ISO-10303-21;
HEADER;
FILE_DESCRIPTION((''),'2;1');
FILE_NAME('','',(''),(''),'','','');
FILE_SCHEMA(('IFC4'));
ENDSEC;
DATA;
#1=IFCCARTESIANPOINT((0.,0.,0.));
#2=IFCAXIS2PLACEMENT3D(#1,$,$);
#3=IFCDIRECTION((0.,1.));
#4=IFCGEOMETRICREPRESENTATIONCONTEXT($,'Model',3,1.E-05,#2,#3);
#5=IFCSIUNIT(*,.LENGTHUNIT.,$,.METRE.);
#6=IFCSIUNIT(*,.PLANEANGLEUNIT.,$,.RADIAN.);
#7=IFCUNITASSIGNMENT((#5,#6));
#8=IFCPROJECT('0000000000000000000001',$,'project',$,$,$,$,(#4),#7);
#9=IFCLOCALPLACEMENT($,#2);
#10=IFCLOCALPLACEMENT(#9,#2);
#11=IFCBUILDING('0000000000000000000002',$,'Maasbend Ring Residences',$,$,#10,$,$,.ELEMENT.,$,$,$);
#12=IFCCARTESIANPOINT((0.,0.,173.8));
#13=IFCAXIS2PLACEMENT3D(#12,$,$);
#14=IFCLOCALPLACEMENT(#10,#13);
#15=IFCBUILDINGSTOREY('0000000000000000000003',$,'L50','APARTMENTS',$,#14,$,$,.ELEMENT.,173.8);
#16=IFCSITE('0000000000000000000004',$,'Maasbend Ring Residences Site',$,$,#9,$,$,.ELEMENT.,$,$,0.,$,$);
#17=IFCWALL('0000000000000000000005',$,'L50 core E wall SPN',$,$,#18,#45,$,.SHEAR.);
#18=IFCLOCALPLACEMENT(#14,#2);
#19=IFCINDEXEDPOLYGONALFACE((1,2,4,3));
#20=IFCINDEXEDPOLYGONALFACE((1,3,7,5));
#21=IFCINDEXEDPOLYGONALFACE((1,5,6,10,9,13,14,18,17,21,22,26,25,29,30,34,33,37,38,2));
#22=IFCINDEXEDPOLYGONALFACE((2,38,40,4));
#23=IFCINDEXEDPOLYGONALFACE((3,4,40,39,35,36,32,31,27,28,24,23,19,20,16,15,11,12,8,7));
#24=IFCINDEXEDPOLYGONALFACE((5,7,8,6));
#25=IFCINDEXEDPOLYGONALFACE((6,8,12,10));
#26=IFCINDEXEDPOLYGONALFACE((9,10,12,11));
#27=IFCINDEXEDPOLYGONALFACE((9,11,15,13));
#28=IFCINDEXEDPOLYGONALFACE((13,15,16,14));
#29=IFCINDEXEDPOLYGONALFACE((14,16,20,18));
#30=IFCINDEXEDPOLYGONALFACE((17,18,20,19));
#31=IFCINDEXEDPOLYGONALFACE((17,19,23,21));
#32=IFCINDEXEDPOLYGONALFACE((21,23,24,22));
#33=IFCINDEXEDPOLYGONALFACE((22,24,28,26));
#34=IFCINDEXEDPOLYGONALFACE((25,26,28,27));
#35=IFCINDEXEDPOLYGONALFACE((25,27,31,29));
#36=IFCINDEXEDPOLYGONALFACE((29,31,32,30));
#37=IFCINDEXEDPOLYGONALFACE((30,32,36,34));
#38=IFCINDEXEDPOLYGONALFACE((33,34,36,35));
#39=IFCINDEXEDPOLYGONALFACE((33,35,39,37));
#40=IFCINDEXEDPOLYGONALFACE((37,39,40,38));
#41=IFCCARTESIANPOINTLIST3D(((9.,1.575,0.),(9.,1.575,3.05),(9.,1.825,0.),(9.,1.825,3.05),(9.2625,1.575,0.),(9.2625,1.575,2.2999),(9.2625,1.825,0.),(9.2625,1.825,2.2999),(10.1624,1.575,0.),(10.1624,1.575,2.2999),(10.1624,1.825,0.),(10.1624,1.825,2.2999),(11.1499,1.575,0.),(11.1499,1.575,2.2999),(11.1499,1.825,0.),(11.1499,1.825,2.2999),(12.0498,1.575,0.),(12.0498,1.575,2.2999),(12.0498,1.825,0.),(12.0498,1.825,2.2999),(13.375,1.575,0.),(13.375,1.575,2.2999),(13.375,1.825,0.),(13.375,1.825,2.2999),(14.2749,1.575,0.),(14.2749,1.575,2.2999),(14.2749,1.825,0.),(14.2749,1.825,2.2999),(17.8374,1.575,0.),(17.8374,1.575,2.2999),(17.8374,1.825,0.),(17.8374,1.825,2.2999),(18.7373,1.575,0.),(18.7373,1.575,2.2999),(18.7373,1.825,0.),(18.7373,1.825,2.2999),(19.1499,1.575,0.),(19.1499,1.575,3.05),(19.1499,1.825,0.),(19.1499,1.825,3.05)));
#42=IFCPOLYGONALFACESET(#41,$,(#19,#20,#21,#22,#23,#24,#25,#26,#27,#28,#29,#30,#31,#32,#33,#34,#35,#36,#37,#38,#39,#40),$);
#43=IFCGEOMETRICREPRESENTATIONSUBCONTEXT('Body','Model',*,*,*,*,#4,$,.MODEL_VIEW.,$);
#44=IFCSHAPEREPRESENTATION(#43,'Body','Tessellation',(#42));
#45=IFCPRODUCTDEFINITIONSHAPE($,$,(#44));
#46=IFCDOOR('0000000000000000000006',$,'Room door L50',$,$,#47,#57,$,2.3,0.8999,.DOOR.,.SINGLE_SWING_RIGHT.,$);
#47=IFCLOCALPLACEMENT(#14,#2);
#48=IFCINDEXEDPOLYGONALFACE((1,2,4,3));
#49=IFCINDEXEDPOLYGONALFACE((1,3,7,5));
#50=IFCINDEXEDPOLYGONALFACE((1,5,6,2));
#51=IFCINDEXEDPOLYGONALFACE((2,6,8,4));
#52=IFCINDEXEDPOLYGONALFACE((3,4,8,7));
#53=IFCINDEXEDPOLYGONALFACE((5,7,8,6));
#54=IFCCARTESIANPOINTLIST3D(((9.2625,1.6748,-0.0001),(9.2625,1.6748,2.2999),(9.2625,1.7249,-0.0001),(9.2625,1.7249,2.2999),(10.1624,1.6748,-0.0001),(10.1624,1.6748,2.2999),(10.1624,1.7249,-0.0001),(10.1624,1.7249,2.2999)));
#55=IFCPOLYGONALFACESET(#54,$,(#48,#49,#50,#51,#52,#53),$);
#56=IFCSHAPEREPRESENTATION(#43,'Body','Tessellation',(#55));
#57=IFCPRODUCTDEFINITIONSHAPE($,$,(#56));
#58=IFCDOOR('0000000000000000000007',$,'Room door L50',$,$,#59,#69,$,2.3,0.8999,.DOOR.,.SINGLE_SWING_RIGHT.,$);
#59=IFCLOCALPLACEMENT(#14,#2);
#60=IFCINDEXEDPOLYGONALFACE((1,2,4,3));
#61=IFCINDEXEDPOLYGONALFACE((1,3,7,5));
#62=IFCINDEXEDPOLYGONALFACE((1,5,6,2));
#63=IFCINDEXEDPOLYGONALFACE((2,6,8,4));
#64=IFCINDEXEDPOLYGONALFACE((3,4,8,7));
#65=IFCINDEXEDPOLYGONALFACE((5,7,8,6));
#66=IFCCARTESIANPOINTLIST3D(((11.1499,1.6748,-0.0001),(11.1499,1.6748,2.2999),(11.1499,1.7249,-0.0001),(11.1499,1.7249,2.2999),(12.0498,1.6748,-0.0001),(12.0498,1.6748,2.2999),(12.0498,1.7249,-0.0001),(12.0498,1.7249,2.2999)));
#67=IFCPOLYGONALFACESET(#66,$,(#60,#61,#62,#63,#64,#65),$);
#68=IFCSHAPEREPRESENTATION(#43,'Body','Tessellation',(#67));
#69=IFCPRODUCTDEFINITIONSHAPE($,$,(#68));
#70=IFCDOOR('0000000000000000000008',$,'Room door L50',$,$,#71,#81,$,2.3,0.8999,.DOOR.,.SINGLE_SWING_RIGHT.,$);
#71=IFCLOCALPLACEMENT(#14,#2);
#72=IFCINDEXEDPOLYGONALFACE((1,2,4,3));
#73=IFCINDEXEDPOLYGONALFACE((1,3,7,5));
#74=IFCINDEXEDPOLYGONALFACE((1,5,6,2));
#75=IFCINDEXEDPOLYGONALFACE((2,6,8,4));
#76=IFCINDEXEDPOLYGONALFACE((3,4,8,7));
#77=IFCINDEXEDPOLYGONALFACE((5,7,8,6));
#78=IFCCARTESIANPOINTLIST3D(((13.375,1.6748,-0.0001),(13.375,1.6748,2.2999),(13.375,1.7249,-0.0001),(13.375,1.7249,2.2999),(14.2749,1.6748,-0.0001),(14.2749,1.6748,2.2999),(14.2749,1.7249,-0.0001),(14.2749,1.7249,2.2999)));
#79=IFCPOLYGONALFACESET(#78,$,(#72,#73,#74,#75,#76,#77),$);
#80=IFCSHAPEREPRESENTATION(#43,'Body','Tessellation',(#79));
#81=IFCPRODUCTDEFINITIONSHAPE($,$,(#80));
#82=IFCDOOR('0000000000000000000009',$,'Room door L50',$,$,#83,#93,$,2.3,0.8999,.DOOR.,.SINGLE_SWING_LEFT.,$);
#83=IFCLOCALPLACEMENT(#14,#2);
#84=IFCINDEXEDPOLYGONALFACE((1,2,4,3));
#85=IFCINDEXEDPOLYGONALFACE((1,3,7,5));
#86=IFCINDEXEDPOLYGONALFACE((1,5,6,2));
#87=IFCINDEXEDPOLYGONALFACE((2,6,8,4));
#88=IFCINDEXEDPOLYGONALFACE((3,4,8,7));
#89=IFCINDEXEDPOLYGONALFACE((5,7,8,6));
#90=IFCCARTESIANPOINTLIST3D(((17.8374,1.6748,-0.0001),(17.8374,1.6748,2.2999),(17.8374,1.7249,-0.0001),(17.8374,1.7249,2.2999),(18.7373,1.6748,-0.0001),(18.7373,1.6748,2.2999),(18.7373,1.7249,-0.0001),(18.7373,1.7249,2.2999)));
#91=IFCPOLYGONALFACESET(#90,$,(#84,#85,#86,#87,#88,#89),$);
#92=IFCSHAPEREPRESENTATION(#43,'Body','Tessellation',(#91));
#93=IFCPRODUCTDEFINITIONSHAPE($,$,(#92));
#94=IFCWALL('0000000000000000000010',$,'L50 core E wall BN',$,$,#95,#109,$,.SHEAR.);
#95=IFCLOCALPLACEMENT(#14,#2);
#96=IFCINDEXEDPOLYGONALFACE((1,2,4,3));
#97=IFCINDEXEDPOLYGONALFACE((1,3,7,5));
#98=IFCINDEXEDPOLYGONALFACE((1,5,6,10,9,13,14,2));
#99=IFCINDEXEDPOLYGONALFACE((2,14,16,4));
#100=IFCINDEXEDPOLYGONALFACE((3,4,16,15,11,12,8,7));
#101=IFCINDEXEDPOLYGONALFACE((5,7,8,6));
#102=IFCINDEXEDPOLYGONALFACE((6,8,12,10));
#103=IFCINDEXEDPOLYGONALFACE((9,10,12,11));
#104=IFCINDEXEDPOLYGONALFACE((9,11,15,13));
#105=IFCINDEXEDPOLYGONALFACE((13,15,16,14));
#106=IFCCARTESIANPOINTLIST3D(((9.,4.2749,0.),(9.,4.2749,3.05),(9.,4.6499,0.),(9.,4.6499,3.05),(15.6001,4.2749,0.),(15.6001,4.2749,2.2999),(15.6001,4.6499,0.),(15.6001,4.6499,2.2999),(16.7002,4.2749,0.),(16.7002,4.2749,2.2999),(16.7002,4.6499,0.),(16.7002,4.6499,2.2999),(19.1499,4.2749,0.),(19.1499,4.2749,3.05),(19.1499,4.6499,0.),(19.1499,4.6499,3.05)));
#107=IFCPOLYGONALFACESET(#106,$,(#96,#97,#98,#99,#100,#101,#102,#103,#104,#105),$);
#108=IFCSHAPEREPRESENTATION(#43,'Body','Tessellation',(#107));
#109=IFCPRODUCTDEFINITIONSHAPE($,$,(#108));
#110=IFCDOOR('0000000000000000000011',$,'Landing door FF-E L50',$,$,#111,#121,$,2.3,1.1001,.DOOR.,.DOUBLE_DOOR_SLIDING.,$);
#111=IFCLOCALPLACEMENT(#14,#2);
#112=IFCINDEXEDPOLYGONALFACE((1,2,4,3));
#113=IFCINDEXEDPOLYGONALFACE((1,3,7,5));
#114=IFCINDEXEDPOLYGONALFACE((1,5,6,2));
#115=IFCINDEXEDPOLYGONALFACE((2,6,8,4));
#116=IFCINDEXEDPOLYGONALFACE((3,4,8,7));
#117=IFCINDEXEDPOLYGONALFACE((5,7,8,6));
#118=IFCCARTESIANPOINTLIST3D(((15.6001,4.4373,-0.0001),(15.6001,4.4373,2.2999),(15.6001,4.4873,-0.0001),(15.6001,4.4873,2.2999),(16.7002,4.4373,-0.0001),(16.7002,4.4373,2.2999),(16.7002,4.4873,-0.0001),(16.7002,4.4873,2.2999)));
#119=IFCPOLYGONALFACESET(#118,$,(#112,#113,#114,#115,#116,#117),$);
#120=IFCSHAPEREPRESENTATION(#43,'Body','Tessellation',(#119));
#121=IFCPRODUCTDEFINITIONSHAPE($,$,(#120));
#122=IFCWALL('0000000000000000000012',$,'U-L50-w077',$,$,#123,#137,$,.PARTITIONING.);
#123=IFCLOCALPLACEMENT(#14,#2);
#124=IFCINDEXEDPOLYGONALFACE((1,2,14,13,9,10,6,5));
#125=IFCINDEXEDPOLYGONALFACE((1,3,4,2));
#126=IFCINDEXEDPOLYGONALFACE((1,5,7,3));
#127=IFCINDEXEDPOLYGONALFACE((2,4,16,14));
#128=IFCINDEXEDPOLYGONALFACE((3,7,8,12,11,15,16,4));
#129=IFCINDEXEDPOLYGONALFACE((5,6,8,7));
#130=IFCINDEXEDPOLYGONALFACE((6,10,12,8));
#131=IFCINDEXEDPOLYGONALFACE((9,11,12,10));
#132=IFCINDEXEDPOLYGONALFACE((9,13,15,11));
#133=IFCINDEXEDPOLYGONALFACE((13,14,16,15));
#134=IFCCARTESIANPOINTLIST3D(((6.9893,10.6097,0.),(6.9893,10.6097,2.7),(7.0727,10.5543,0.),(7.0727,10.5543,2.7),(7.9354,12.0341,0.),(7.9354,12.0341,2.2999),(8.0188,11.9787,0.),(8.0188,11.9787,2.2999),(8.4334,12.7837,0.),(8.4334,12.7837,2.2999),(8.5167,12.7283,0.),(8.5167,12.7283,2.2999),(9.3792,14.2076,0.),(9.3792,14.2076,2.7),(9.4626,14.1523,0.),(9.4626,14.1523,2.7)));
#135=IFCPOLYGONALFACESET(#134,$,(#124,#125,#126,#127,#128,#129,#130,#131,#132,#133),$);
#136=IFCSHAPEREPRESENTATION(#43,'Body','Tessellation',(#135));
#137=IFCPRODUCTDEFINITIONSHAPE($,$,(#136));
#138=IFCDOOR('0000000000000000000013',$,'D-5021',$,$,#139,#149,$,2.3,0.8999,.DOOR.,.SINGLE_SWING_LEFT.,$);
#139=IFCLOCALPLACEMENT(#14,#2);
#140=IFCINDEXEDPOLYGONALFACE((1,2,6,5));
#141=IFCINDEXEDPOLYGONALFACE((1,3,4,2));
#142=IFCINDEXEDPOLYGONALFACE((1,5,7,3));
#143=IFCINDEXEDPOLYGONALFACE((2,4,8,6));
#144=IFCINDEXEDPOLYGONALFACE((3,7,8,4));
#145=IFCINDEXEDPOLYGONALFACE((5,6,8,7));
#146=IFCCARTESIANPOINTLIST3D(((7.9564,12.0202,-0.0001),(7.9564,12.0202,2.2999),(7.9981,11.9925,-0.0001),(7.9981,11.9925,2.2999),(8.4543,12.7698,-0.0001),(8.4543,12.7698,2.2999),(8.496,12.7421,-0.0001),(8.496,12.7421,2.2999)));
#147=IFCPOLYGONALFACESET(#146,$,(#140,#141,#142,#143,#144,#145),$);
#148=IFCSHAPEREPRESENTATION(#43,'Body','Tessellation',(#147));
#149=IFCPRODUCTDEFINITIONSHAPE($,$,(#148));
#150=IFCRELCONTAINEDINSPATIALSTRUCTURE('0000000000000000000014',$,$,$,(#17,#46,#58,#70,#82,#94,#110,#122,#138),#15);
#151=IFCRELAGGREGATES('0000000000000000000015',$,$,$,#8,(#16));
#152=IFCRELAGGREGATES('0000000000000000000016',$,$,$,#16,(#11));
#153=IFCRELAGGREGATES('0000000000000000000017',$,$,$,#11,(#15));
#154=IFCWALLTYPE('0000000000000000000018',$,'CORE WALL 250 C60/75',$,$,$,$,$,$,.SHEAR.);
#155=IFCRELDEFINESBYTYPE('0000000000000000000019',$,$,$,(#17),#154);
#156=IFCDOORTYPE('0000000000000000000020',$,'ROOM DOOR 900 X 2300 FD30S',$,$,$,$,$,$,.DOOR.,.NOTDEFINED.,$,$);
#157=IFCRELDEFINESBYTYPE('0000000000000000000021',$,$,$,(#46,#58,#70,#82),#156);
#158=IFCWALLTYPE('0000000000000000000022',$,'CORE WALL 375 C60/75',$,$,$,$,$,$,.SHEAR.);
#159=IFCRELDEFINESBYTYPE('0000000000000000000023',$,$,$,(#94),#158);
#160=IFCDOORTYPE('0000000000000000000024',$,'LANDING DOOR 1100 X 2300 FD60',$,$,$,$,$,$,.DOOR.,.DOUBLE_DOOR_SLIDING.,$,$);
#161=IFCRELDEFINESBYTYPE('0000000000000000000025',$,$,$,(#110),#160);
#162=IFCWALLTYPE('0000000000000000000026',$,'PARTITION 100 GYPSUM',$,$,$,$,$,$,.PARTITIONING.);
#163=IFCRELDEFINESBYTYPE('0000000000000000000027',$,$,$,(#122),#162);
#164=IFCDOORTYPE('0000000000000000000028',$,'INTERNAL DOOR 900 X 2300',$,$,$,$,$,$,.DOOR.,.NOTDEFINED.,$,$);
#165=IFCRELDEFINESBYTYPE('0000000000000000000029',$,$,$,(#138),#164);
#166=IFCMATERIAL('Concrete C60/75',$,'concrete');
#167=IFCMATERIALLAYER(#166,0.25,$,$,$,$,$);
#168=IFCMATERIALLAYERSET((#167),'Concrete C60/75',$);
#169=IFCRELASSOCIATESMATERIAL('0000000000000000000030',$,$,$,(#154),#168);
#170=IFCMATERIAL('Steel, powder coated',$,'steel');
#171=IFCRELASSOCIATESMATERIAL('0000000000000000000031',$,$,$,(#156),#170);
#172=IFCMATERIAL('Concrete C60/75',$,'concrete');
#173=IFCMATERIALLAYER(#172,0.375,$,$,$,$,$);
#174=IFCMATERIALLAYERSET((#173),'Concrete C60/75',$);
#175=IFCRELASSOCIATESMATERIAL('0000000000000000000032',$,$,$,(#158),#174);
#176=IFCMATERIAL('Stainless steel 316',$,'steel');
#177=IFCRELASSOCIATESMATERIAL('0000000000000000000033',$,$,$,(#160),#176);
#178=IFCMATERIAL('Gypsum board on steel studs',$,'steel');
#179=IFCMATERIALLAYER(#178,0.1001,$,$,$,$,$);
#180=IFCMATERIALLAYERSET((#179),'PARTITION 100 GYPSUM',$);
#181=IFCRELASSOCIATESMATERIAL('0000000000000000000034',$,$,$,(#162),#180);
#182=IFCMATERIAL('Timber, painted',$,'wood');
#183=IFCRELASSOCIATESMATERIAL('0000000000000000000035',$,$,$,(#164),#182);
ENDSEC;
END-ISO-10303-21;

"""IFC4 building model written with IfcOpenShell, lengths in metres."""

from ifc_helpers import new_model, si_unit, direction, frame, frame_2d, origin, place, context, subcontext, project, spatial, rectangle, extrude, material, layer, layer_set, type_object, element, fill, save


model = new_model("IFC4")

# Units and contexts
model_context = context("Model", 3, precision=1e-05, world=origin(), true_north=direction((0.0, 1.0)))
body_context = subcontext(model_context, "Body", "Model", "MODEL_VIEW")
ifc_project = project(units=[si_unit("LENGTHUNIT", "METRE"), si_unit("PLANEANGLEUNIT", "RADIAN")], contexts=[model_context])

# Site, building, storey
site_placement = place(None, origin())
site = spatial("IfcSite", under=ifc_project, at=site_placement, Name="Maasbend Ring Residences Site", CompositionType="ELEMENT", RefElevation=0.0)
building_placement = place(site_placement, origin())
building = spatial("IfcBuilding", under=site, at=building_placement, Name="Maasbend Ring Residences", CompositionType="ELEMENT")
storey_placement = place(building_placement, frame((0.0, 0.0, 173.8)))
storey = spatial("IfcBuildingStorey", under=building, at=storey_placement, Name="L50", Description="APARTMENTS", CompositionType="ELEMENT", Elevation=173.8)

# Wall, openings, doors
ifc_material_1 = material(Name="Concrete C60/75", Category="concrete")
ifc_layer_1 = layer(ifc_material_1, 0.25)
ifc_layer_set_1 = layer_set([ifc_layer_1], Name="Concrete C60/75")
wall_type_1 = type_object("IfcWallType", Name="CORE WALL 250 C60/75", PredefinedType="SHEAR", material=ifc_layer_set_1)
wall_1_placement = place(storey_placement, frame((9.0, 1.7, 0.0), z_axis=(0.0, 0.0, 1.0), x_axis=(1.0, 0.0, 0.0)))
wall_1 = element("IfcWall", 1, at=wall_1_placement, inside=storey, type_object=wall_type_1, Name="L50 core E wall SPN", PredefinedType="SHEAR", context=body_context, shape_type="SweptSolid", body=[
    extrude(rectangle(XDim=10.1499, YDim=0.25, at=frame_2d((5.075, 0.0))), origin(), (0.0, 0.0, 1.0), 3.05),
])
opening_1_placement = place(wall_1_placement, frame((0.2625, 0.0, 0.0)))
opening_1 = element("IfcOpeningElement", 2, at=opening_1_placement, cuts=wall_1, PredefinedType="OPENING", context=body_context, shape_type="SweptSolid", body=[
    extrude(rectangle(XDim=0.8999, YDim=2.3, at=frame_2d((0.45, 1.1499))), frame((0.0, 0.135, 0.0), z_axis=(0.0, -1.0, 0.0), x_axis=(1.0, 0.0, 0.0)), (0.0, 0.0, 1.0), 0.27),
])
opening_2_placement = place(wall_1_placement, frame((2.1499, 0.0, 0.0)))
opening_2 = element("IfcOpeningElement", 3, at=opening_2_placement, cuts=wall_1, PredefinedType="OPENING", context=body_context, shape_type="SweptSolid", body=[
    extrude(rectangle(XDim=0.8999, YDim=2.3, at=frame_2d((0.45, 1.1499))), frame((0.0, 0.135, 0.0), z_axis=(0.0, -1.0, 0.0), x_axis=(1.0, 0.0, 0.0)), (0.0, 0.0, 1.0), 0.27),
])
opening_3_placement = place(wall_1_placement, frame((4.375, 0.0, 0.0)))
opening_3 = element("IfcOpeningElement", 4, at=opening_3_placement, cuts=wall_1, PredefinedType="OPENING", context=body_context, shape_type="SweptSolid", body=[
    extrude(rectangle(XDim=0.8999, YDim=2.3, at=frame_2d((0.45, 1.1499))), frame((0.0, 0.135, 0.0), z_axis=(0.0, -1.0, 0.0), x_axis=(1.0, 0.0, 0.0)), (0.0, 0.0, 1.0), 0.27),
])
opening_4_placement = place(wall_1_placement, frame((8.8374, 0.0, 0.0)))
opening_4 = element("IfcOpeningElement", 5, at=opening_4_placement, cuts=wall_1, PredefinedType="OPENING", context=body_context, shape_type="SweptSolid", body=[
    extrude(rectangle(XDim=0.8999, YDim=2.3, at=frame_2d((0.45, 1.1499))), frame((0.0, 0.135, 0.0), z_axis=(0.0, -1.0, 0.0), x_axis=(1.0, 0.0, 0.0)), (0.0, 0.0, 1.0), 0.27),
])
ifc_material_2 = material(Name="Steel, powder coated", Category="steel")
door_type_1 = type_object("IfcDoorType", Name="ROOM DOOR 900 X 2300 FD30S", OperationType="NOTDEFINED", PredefinedType="DOOR", material=ifc_material_2)
door_1_placement = place(opening_1_placement, origin())
door_1 = element("IfcDoor", 6, at=door_1_placement, inside=storey, type_object=door_type_1, Name="Room door L50", OperationType="SINGLE_SWING_RIGHT", OverallHeight=2.3, OverallWidth=0.8999, PredefinedType="DOOR", context=body_context, shape_type="SweptSolid", body=[
    extrude(rectangle(XDim=0.8999, YDim=2.3, at=frame_2d((0.45, 1.1499))), frame((0.0, 0.0249, 0.0), z_axis=(0.0, -1.0, 0.0), x_axis=(1.0, 0.0, 0.0)), (0.0, 0.0, 1.0), 0.05),
])
fill(opening_1, door_1)
door_2_placement = place(opening_2_placement, origin())
door_2 = element("IfcDoor", 7, at=door_2_placement, inside=storey, type_object=door_type_1, Name="Room door L50", OperationType="SINGLE_SWING_RIGHT", OverallHeight=2.3, OverallWidth=0.8999, PredefinedType="DOOR", context=body_context, shape_type="SweptSolid", body=[
    extrude(rectangle(XDim=0.8999, YDim=2.3, at=frame_2d((0.45, 1.1499))), frame((0.0, 0.0249, 0.0), z_axis=(0.0, -1.0, 0.0), x_axis=(1.0, 0.0, 0.0)), (0.0, 0.0, 1.0), 0.05),
])
fill(opening_2, door_2)
door_3_placement = place(opening_3_placement, origin())
door_3 = element("IfcDoor", 8, at=door_3_placement, inside=storey, type_object=door_type_1, Name="Room door L50", OperationType="SINGLE_SWING_RIGHT", OverallHeight=2.3, OverallWidth=0.8999, PredefinedType="DOOR", context=body_context, shape_type="SweptSolid", body=[
    extrude(rectangle(XDim=0.8999, YDim=2.3, at=frame_2d((0.45, 1.1499))), frame((0.0, 0.0249, 0.0), z_axis=(0.0, -1.0, 0.0), x_axis=(1.0, 0.0, 0.0)), (0.0, 0.0, 1.0), 0.05),
])
fill(opening_3, door_3)
door_4_placement = place(opening_4_placement, origin())
door_4 = element("IfcDoor", 9, at=door_4_placement, inside=storey, type_object=door_type_1, Name="Room door L50", OperationType="SINGLE_SWING_LEFT", OverallHeight=2.3, OverallWidth=0.8999, PredefinedType="DOOR", context=body_context, shape_type="SweptSolid", body=[
    extrude(rectangle(XDim=0.8999, YDim=2.3, at=frame_2d((0.45, 1.1499))), frame((0.0, 0.0249, 0.0), z_axis=(0.0, -1.0, 0.0), x_axis=(1.0, 0.0, 0.0)), (0.0, 0.0, 1.0), 0.05),
])
fill(opening_4, door_4)

# Walls, openings, doors
ifc_material_3 = material(Name="Concrete C60/75", Category="concrete")
ifc_layer_2 = layer(ifc_material_3, 0.375)
ifc_layer_set_2 = layer_set([ifc_layer_2], Name="Concrete C60/75")
wall_type_2 = type_object("IfcWallType", Name="CORE WALL 375 C60/75", PredefinedType="SHEAR", material=ifc_layer_set_2)
wall_2_placement = place(storey_placement, frame((9.0, 4.4624, 0.0), z_axis=(0.0, 0.0, 1.0), x_axis=(1.0, 0.0, 0.0)))
wall_2 = element("IfcWall", 10, at=wall_2_placement, inside=storey, type_object=wall_type_2, Name="L50 core E wall BN", PredefinedType="SHEAR", context=body_context, shape_type="SweptSolid", body=[
    extrude(rectangle(XDim=10.1499, YDim=0.375, at=frame_2d((5.075, 0.0))), origin(), (0.0, 0.0, 1.0), 3.05),
])
opening_5_placement = place(wall_2_placement, frame((6.6001, 0.0, 0.0)))
opening_5 = element("IfcOpeningElement", 11, at=opening_5_placement, cuts=wall_2, PredefinedType="OPENING", context=body_context, shape_type="SweptSolid", body=[
    extrude(rectangle(XDim=1.1001, YDim=2.3, at=frame_2d((0.55, 1.1499))), frame((0.0, 0.1975, 0.0), z_axis=(0.0, -1.0, 0.0), x_axis=(1.0, 0.0, 0.0)), (0.0, 0.0, 1.0), 0.395),
])
ifc_material_4 = material(Name="Stainless steel 316", Category="steel")
door_type_2 = type_object("IfcDoorType", Name="LANDING DOOR 1100 X 2300 FD60", OperationType="DOUBLE_DOOR_SLIDING", PredefinedType="DOOR", material=ifc_material_4)
door_5_placement = place(opening_5_placement, origin())
door_5 = element("IfcDoor", 12, at=door_5_placement, inside=storey, type_object=door_type_2, Name="Landing door FF-E L50", OperationType="DOUBLE_DOOR_SLIDING", OverallHeight=2.3, OverallWidth=1.1001, PredefinedType="DOOR", context=body_context, shape_type="SweptSolid", body=[
    extrude(rectangle(XDim=1.1001, YDim=2.3, at=frame_2d((0.55, 1.1499))), frame((0.0, 0.0249, 0.0), z_axis=(0.0, -1.0, 0.0), x_axis=(1.0, 0.0, 0.0)), (0.0, 0.0, 1.0), 0.05),
])
fill(opening_5, door_5)
ifc_material_5 = material(Name="Gypsum board on steel studs", Category="steel")
ifc_layer_3 = layer(ifc_material_5, 0.1001)
ifc_layer_set_3 = layer_set([ifc_layer_3], Name="PARTITION 100 GYPSUM")
wall_type_3 = type_object("IfcWallType", Name="PARTITION 100 GYPSUM", PredefinedType="PARTITIONING", material=ifc_layer_set_3)
wall_3_placement = place(storey_placement, frame((7.031, 10.582, 0.0), z_axis=(0.0, 0.0, 1.0), x_axis=(0.553304, 0.83298, 0.0)))
wall_3 = element("IfcWall", 13, at=wall_3_placement, inside=storey, type_object=wall_type_3, Name="U-L50-w077", PredefinedType="PARTITIONING", context=body_context, shape_type="SweptSolid", body=[
    extrude(rectangle(XDim=4.3193, YDim=0.1001, at=frame_2d((2.1597, 0.0))), origin(), (0.0, 0.0, 1.0), 2.7),
])
opening_6_placement = place(wall_3_placement, frame((1.71, 0.0, 0.0)))
opening_6 = element("IfcOpeningElement", 14, at=opening_6_placement, cuts=wall_3, PredefinedType="OPENING", context=body_context, shape_type="SweptSolid", body=[
    extrude(rectangle(XDim=0.8999, YDim=2.3, at=frame_2d((0.45, 1.1499))), frame((0.0, 0.0601, 0.0), z_axis=(0.0, -1.0, 0.0), x_axis=(1.0, 0.0, 0.0)), (0.0, 0.0, 1.0), 0.1201),
])
ifc_material_6 = material(Name="Timber, painted", Category="wood")
door_type_3 = type_object("IfcDoorType", Name="INTERNAL DOOR 900 X 2300", OperationType="NOTDEFINED", PredefinedType="DOOR", material=ifc_material_6)
door_6_placement = place(opening_6_placement, origin())
door_6 = element("IfcDoor", 15, at=door_6_placement, inside=storey, type_object=door_type_3, Name="D-5021", OperationType="SINGLE_SWING_LEFT", OverallHeight=2.3, OverallWidth=0.8999, PredefinedType="DOOR", context=body_context, shape_type="SweptSolid", body=[
    extrude(rectangle(XDim=0.8999, YDim=2.3, at=frame_2d((0.45, 1.1499))), frame((0.0, 0.0249, 0.0), z_axis=(0.0, -1.0, 0.0), x_axis=(1.0, 0.0, 0.0)), (0.0, 0.0, 1.0), 0.05),
])
fill(opening_6, door_6)

save(model, "model.ifc")
